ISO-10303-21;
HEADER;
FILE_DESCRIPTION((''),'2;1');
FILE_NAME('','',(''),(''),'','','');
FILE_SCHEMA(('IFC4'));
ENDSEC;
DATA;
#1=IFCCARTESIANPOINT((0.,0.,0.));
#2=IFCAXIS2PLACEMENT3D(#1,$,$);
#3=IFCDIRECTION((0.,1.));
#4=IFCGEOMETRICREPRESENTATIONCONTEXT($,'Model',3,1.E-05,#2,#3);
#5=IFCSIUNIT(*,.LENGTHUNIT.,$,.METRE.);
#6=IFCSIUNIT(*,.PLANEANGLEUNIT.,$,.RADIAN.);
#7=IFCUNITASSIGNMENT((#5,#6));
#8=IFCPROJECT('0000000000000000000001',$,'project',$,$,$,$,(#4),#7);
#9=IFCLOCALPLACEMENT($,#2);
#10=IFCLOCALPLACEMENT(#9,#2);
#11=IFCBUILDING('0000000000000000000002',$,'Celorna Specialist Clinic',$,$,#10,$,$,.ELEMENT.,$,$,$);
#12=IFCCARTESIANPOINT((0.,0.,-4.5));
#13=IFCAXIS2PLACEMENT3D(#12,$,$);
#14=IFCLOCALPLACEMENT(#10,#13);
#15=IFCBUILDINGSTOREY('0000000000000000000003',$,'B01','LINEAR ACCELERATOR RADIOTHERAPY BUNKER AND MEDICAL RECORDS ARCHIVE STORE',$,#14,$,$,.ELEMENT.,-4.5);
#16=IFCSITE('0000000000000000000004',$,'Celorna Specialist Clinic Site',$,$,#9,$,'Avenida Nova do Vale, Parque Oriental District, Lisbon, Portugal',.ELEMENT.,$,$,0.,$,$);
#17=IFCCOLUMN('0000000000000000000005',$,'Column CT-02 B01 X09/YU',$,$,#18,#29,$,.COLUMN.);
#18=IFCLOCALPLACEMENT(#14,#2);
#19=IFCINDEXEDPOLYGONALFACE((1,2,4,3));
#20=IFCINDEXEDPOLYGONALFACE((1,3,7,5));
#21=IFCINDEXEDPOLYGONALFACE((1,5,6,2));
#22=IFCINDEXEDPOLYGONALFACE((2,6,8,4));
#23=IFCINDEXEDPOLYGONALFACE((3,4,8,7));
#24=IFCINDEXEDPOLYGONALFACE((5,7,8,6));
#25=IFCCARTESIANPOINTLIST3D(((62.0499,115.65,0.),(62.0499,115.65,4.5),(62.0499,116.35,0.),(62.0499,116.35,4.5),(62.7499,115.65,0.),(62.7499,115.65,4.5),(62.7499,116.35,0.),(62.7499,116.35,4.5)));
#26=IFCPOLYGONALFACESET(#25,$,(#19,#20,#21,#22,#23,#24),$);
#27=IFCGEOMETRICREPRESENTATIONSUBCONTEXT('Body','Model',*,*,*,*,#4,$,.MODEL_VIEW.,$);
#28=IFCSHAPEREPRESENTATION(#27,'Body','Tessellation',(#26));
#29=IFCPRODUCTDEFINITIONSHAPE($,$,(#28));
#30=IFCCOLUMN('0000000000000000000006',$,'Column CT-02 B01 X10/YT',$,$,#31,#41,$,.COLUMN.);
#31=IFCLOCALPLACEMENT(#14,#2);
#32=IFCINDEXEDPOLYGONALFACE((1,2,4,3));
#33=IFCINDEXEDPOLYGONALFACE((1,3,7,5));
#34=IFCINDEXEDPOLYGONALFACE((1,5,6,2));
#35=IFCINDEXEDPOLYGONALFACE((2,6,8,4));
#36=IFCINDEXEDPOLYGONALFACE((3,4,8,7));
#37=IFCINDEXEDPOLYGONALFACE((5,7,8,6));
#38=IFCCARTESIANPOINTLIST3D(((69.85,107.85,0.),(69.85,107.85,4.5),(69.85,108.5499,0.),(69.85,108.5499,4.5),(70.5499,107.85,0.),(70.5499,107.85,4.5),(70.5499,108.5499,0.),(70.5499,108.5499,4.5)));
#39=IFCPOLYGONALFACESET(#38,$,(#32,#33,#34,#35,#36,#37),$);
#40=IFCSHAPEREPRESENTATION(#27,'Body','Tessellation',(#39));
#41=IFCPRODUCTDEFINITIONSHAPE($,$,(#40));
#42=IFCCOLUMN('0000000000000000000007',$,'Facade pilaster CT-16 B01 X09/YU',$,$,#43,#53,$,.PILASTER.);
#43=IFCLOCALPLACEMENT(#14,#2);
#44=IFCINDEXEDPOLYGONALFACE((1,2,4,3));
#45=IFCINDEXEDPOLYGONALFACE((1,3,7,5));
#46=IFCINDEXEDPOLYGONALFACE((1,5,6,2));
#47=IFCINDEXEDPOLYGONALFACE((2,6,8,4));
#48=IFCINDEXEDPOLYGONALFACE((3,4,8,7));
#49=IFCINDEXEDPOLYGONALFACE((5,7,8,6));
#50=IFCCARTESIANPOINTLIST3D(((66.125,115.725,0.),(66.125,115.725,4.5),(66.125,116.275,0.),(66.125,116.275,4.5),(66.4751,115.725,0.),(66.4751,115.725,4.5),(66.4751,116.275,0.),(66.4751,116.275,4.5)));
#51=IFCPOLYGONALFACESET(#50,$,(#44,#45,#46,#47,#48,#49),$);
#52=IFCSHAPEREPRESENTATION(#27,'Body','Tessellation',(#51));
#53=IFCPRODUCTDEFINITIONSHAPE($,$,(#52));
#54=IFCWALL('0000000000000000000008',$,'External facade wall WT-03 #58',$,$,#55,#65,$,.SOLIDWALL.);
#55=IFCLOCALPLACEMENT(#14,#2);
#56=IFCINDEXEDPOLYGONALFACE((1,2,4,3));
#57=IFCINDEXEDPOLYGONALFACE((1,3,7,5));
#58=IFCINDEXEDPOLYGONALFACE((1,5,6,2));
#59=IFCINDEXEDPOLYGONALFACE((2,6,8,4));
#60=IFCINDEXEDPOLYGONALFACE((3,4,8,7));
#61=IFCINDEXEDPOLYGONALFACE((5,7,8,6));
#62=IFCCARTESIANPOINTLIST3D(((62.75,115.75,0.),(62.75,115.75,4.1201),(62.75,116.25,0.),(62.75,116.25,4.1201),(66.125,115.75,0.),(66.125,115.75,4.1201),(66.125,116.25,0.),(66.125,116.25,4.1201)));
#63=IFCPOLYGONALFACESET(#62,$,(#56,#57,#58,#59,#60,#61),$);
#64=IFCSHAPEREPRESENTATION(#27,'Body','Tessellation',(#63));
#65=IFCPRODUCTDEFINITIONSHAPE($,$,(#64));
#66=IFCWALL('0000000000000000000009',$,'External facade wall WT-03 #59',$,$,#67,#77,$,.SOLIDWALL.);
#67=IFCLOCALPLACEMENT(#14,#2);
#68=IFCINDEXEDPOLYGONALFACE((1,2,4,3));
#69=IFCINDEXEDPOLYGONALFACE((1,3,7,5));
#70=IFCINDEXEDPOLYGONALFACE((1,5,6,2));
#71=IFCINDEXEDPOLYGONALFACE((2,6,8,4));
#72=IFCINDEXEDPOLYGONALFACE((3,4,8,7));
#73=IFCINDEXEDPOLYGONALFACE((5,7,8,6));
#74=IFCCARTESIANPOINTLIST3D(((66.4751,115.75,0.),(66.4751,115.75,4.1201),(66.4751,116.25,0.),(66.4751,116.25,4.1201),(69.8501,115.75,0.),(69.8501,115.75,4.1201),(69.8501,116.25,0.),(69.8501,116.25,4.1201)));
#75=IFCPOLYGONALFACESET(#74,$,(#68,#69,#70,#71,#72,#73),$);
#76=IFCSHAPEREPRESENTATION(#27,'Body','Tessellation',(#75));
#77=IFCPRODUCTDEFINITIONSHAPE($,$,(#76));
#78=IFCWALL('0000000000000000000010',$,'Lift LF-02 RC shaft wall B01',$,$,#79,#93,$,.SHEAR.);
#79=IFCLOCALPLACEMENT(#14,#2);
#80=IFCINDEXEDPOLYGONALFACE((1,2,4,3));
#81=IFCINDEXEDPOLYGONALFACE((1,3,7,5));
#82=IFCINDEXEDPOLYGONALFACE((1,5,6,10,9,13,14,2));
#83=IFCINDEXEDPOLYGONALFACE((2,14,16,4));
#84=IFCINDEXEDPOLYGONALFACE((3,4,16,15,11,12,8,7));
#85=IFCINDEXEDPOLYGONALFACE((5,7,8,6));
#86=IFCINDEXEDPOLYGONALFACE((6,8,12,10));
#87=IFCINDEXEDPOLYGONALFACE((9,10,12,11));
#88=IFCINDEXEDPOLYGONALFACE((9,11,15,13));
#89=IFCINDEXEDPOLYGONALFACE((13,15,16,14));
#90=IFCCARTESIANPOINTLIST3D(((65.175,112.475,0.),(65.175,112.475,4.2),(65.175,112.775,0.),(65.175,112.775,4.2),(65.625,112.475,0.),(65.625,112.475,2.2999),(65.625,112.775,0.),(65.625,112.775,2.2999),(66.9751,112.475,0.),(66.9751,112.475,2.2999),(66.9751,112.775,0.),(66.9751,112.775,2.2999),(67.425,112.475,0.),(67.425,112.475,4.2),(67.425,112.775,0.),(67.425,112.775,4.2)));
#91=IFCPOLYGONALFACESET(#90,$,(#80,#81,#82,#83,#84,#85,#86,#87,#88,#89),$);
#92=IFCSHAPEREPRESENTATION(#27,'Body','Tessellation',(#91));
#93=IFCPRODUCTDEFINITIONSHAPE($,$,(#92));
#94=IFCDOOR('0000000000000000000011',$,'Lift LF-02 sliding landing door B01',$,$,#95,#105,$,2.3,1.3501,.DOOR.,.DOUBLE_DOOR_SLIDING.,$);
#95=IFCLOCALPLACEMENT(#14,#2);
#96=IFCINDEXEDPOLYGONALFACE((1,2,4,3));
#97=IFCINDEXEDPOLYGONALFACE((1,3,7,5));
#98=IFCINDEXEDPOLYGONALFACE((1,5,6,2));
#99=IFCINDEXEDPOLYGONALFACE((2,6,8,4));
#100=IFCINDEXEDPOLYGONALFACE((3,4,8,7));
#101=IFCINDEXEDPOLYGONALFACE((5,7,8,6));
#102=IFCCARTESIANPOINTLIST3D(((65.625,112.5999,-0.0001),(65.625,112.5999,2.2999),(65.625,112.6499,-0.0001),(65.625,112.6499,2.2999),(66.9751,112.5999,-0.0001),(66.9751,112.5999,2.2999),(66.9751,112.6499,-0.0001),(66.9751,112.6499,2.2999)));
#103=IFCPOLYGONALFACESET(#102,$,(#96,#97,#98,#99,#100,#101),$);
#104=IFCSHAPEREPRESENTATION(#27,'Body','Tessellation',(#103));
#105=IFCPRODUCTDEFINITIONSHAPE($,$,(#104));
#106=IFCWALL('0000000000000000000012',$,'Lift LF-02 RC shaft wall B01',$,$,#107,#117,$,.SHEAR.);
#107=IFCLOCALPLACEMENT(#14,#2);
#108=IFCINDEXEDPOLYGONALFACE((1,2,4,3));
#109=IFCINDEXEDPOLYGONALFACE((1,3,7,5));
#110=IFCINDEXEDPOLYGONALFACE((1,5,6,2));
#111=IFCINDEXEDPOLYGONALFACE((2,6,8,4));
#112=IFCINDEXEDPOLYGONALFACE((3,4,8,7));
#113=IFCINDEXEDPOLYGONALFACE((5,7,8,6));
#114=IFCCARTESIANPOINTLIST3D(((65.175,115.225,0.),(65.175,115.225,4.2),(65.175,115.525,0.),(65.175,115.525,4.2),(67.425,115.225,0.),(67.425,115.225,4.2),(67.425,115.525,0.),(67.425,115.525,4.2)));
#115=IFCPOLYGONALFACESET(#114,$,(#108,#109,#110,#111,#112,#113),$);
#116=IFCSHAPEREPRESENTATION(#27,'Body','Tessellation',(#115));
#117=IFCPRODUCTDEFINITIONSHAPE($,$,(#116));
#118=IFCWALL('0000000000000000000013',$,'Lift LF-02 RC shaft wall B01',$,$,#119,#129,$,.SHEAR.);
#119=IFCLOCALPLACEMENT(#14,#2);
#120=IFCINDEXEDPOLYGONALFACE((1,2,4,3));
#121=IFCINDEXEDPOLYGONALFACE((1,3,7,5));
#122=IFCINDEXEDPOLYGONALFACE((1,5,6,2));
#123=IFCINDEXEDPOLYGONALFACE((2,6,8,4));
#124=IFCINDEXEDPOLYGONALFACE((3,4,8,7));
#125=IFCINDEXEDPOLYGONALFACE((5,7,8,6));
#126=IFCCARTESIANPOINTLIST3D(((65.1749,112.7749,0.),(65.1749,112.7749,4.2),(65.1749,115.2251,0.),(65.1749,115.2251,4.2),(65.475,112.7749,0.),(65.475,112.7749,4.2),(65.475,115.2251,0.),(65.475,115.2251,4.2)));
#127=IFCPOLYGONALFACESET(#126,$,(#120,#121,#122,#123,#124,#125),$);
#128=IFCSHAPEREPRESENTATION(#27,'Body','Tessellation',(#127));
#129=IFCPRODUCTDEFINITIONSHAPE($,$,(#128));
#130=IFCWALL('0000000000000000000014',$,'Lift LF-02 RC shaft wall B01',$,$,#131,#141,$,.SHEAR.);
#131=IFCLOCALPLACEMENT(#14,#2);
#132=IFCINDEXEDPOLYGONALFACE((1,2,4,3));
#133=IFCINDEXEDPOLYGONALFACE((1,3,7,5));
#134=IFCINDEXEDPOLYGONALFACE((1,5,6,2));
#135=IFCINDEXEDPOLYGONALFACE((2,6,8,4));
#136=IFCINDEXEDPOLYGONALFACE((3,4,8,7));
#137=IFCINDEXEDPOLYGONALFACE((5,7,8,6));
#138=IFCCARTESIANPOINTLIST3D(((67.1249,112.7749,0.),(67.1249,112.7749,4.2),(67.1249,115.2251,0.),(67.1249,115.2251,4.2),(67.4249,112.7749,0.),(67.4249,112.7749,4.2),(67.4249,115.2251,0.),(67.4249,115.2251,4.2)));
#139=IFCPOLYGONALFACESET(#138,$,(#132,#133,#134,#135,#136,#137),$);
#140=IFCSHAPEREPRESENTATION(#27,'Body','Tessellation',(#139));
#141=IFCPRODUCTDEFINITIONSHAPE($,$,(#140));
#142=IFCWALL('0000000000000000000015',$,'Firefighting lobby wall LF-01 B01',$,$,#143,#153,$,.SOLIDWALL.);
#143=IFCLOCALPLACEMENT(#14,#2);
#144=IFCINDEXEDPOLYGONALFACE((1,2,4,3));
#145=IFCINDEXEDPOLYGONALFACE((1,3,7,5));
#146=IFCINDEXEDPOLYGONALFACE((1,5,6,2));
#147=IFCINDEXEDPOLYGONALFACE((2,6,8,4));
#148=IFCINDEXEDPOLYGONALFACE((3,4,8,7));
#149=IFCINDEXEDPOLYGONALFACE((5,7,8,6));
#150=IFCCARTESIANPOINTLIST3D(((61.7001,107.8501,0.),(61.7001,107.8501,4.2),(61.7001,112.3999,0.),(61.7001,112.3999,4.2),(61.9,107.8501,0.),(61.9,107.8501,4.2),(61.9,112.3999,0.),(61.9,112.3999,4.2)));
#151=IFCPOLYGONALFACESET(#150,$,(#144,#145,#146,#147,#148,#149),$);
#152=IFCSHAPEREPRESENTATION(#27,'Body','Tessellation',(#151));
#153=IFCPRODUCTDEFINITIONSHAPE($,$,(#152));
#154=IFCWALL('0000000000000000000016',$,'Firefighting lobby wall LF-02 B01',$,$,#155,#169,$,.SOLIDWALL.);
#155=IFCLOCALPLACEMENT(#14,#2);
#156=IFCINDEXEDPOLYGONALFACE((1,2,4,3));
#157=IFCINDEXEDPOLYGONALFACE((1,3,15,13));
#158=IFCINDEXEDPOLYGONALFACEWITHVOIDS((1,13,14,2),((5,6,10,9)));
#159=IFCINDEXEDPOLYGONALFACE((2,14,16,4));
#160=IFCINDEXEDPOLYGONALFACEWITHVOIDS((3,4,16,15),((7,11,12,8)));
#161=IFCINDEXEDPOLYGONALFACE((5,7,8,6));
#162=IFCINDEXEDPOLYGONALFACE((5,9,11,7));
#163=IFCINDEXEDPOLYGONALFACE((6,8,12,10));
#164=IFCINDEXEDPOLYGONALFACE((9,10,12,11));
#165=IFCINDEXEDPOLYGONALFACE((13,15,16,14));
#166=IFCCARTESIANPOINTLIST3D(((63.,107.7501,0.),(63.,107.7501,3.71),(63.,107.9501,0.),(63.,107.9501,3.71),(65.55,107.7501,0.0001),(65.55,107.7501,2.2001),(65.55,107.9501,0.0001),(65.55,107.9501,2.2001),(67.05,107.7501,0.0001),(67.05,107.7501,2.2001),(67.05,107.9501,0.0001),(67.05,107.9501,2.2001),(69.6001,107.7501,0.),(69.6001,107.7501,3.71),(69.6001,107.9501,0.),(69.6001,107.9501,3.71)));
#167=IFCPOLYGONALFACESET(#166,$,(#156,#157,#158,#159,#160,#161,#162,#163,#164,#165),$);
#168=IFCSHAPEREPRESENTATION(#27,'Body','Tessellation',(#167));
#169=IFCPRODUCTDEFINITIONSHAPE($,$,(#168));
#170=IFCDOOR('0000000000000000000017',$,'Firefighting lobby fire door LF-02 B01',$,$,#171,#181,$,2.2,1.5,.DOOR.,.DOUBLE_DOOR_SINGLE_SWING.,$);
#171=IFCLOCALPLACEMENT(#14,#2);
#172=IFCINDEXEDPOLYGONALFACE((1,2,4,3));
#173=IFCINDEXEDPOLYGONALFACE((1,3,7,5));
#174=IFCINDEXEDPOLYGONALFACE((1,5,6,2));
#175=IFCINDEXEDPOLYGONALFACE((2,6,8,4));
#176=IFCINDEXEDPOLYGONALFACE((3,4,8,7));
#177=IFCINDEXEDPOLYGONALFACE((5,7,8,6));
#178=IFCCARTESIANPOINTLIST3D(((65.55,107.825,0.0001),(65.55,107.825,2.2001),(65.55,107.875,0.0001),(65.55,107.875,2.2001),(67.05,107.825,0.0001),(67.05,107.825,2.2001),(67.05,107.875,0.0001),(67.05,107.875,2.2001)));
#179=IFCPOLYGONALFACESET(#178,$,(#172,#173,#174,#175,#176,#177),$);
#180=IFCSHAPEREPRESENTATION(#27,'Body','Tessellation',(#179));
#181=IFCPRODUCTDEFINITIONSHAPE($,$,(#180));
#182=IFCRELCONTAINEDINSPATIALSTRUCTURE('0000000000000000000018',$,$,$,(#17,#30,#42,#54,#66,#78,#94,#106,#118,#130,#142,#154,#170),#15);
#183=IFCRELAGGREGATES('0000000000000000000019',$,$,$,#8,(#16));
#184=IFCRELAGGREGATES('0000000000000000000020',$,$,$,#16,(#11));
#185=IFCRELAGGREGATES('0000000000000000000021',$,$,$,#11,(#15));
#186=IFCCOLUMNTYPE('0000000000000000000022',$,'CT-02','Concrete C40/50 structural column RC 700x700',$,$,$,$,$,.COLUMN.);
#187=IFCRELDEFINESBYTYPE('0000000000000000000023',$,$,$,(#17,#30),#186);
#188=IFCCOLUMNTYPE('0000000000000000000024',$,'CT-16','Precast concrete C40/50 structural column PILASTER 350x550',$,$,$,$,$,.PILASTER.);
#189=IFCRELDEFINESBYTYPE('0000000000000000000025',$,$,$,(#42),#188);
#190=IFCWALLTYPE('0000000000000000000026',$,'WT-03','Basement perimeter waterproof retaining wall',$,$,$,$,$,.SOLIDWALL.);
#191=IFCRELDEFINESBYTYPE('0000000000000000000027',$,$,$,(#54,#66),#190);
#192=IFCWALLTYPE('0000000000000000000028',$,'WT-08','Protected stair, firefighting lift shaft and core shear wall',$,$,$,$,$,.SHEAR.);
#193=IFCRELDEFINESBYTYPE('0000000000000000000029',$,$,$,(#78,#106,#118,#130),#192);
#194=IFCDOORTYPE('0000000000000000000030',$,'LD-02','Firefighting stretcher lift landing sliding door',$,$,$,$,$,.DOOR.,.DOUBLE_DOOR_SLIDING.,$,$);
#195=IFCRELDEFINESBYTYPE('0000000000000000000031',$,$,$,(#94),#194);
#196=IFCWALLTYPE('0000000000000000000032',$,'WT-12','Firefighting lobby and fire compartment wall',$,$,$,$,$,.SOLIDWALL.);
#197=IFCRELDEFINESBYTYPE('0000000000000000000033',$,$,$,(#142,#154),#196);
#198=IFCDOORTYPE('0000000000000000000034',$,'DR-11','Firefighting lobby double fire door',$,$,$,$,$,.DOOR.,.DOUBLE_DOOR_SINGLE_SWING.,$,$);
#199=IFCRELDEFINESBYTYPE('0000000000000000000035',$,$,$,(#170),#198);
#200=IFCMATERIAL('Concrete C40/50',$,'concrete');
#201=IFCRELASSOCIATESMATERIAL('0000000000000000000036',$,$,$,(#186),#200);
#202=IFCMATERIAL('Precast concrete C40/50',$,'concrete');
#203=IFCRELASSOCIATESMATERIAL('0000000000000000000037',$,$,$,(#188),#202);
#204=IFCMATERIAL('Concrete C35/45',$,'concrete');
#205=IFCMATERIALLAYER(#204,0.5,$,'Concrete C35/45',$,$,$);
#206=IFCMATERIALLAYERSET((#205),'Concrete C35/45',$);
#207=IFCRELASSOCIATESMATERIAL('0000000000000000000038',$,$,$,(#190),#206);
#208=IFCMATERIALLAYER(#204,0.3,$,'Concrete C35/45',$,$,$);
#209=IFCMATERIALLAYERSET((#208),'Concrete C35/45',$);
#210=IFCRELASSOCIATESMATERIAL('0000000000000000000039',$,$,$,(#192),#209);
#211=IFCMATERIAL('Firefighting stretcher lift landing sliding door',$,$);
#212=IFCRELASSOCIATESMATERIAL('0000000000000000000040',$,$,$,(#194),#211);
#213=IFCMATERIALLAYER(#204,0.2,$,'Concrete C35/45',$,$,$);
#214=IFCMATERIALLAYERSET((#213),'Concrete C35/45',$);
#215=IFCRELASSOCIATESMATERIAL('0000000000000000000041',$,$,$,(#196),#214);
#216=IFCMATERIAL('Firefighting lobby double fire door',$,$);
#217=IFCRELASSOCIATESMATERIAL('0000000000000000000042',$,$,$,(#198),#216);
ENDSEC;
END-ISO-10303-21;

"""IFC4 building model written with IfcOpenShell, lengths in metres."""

from ifc_helpers import new_model, si_unit, direction, frame, frame_2d, origin, origin_2d, place, context, subcontext, project, spatial, rectangle, extrude, material, layer, layer_set, material_profile, profile_set, type_object, element, fill, save


model = new_model("IFC4")

# Units and contexts
model_context = context("Model", 3, precision=1e-05, world=origin(), true_north=direction((0.0, 1.0)))
body_context = subcontext(model_context, "Body", "Model", "MODEL_VIEW")
ifc_project = project(units=[si_unit("LENGTHUNIT", "METRE"), si_unit("PLANEANGLEUNIT", "RADIAN")], contexts=[model_context])

# Site, building, storey
site_placement = place(None, origin())
site = spatial("IfcSite", under=ifc_project, at=site_placement, Name="Celorna Specialist Clinic Site", LongName="Avenida Nova do Vale, Parque Oriental District, Lisbon, Portugal", CompositionType="ELEMENT", RefElevation=0.0)
building_placement = place(site_placement, origin())
building = spatial("IfcBuilding", under=site, at=building_placement, Name="Celorna Specialist Clinic", CompositionType="ELEMENT")
storey_placement = place(building_placement, frame((0.0, 0.0, -4.5)))
storey = spatial("IfcBuildingStorey", under=building, at=storey_placement, Name="B01", Description="LINEAR ACCELERATOR RADIOTHERAPY BUNKER AND MEDICAL RECORDS ARCHIVE STORE", CompositionType="ELEMENT", Elevation=-4.5)

# Shared definitions
ifc_material_1 = material(Name="Concrete C35/45", Category="concrete")

# Columns
ifc_material_2 = material(Name="Concrete C40/50", Category="concrete")
ifc_material_profile_1 = material_profile(ifc_material_2, rectangle(XDim=0.7, YDim=0.7, at=origin_2d()), Name="RC 700x700")
ifc_profile_set_1 = profile_set([ifc_material_profile_1], Name="Concrete C40/50")
column_type_1 = type_object("IfcColumnType", Name="CT-02", Description="Concrete C40/50 structural column RC 700x700", PredefinedType="COLUMN", material=ifc_profile_set_1)
for number, where, z_axis, x_axis, name in (
    (1, (62.3999, 116.0, 0.0), (0.0, 0.0, 1.0), (1.0, 0.0, 0.0), "Column CT-02 B01 X09/YU"),
    (2, (70.2, 108.2, 0.0), (0.0, 0.0, 1.0), (1.0, 0.0, 0.0), "Column CT-02 B01 X10/YT"),
):
    element("IfcColumn", number, at=place(storey_placement, frame(where, z_axis=z_axis, x_axis=x_axis)), inside=storey, type_object=column_type_1, Name=name, PredefinedType="COLUMN", context=body_context, shape_type="SweptSolid", body=[
        extrude(rectangle(XDim=0.7, YDim=0.7, at=origin_2d()), origin(), (0.0, 0.0, 1.0), 4.5),
    ])
ifc_material_3 = material(Name="Precast concrete C40/50", Category="concrete")
ifc_material_profile_2 = material_profile(ifc_material_3, rectangle(XDim=0.3501, YDim=0.55, at=origin_2d()), Name="PILASTER 350x550")
ifc_profile_set_2 = profile_set([ifc_material_profile_2], Name="Precast concrete C40/50")
column_type_2 = type_object("IfcColumnType", Name="CT-16", Description="Precast concrete C40/50 structural column PILASTER 350x550", PredefinedType="PILASTER", material=ifc_profile_set_2)
column_placement = place(storey_placement, frame((66.3, 116.0, 0.0), z_axis=(0.0, 0.0, 1.0), x_axis=(1.0, 0.0, 0.0)))
element("IfcColumn", 3, at=column_placement, inside=storey, type_object=column_type_2, Name="Facade pilaster CT-16 B01 X09/YU", PredefinedType="PILASTER", context=body_context, shape_type="SweptSolid", body=[
    extrude(rectangle(XDim=0.3501, YDim=0.55, at=origin_2d()), origin(), (0.0, 0.0, 1.0), 4.5),
])

# Walls
ifc_layer_1 = layer(ifc_material_1, 0.5, Name="Concrete C35/45")
ifc_layer_set_1 = layer_set([ifc_layer_1], Name="Concrete C35/45")
wall_type_1 = type_object("IfcWallType", Name="WT-03", Description="Basement perimeter waterproof retaining wall", PredefinedType="SOLIDWALL", material=ifc_layer_set_1)
for number, where, z_axis, x_axis, name in (
    (4, (62.75, 116.0, 0.0), (0.0, 0.0, 1.0), (1.0, 0.0, 0.0), "External facade wall WT-03 #58"),
    (5, (66.4751, 116.0, 0.0), (0.0, 0.0, 1.0), (1.0, 0.0, 0.0), "External facade wall WT-03 #59"),
):
    element("IfcWall", number, at=place(storey_placement, frame(where, z_axis=z_axis, x_axis=x_axis)), inside=storey, type_object=wall_type_1, Name=name, PredefinedType="SOLIDWALL", context=body_context, shape_type="SweptSolid", body=[
        extrude(rectangle(XDim=3.375, YDim=0.5, at=frame_2d((1.6875, 0.0))), origin(), (0.0, 0.0, 1.0), 4.1201),
    ])

# Wall, opening, door
ifc_layer_2 = layer(ifc_material_1, 0.3, Name="Concrete C35/45")
ifc_layer_set_2 = layer_set([ifc_layer_2], Name="Concrete C35/45")
wall_type_2 = type_object("IfcWallType", Name="WT-08", Description="Protected stair, firefighting lift shaft and core shear wall", PredefinedType="SHEAR", material=ifc_layer_set_2)
wall_1_placement = place(storey_placement, frame((65.175, 112.625, 0.0), z_axis=(0.0, 0.0, 1.0), x_axis=(1.0, 0.0, 0.0)))
wall_1 = element("IfcWall", 6, at=wall_1_placement, inside=storey, type_object=wall_type_2, Name="Lift LF-02 RC shaft wall B01", PredefinedType="SHEAR", context=body_context, shape_type="SweptSolid", body=[
    extrude(rectangle(XDim=2.25, YDim=0.3, at=frame_2d((1.125, 0.0))), origin(), (0.0, 0.0, 1.0), 4.2),
])
opening_1_placement = place(wall_1_placement, frame((0.45, 0.0, 0.0)))
opening_1 = element("IfcOpeningElement", 7, at=opening_1_placement, cuts=wall_1, PredefinedType="OPENING", context=body_context, shape_type="SweptSolid", body=[
    extrude(rectangle(XDim=1.3501, YDim=2.3, at=frame_2d((0.675, 1.1499))), frame((0.0, 0.1599, 0.0), z_axis=(0.0, -1.0, 0.0), x_axis=(1.0, 0.0, 0.0)), (0.0, 0.0, 1.0), 0.3201),
])
ifc_material_4 = material(Name="Firefighting stretcher lift landing sliding door")
door_type_1 = type_object("IfcDoorType", Name="LD-02", Description="Firefighting stretcher lift landing sliding door", OperationType="DOUBLE_DOOR_SLIDING", PredefinedType="DOOR", material=ifc_material_4)
door_1_placement = place(opening_1_placement, origin())
door_1 = element("IfcDoor", 8, at=door_1_placement, inside=storey, type_object=door_type_1, Name="Lift LF-02 sliding landing door B01", OperationType="DOUBLE_DOOR_SLIDING", OverallHeight=2.3, OverallWidth=1.3501, PredefinedType="DOOR", context=body_context, shape_type="SweptSolid", body=[
    extrude(rectangle(XDim=1.3501, YDim=2.3, at=frame_2d((0.675, 1.1499))), frame((0.0, 0.0249, 0.0), z_axis=(0.0, -1.0, 0.0), x_axis=(1.0, 0.0, 0.0)), (0.0, 0.0, 1.0), 0.05),
])
fill(opening_1, door_1)

# Walls
wall_2_placement = place(storey_placement, frame((67.425, 115.375, 0.0), z_axis=(0.0, 0.0, 1.0), x_axis=(-1.0, 0.0, 0.0)))
element("IfcWall", 9, at=wall_2_placement, inside=storey, type_object=wall_type_2, Name="Lift LF-02 RC shaft wall B01", PredefinedType="SHEAR", context=body_context, shape_type="SweptSolid", body=[
    extrude(rectangle(XDim=2.25, YDim=0.3, at=frame_2d((1.125, 0.0))), origin(), (0.0, 0.0, 1.0), 4.2),
])
for number, where, z_axis, x_axis, name in (
    (10, (65.325, 115.2251, 0.0), (0.0, 0.0, 1.0), (0.0, -1.0, 0.0), "Lift LF-02 RC shaft wall B01"),
    (11, (67.2749, 112.7749, 0.0), (0.0, 0.0, 1.0), (0.0, 1.0, 0.0), "Lift LF-02 RC shaft wall B01"),
):
    element("IfcWall", number, at=place(storey_placement, frame(where, z_axis=z_axis, x_axis=x_axis)), inside=storey, type_object=wall_type_2, Name=name, PredefinedType="SHEAR", context=body_context, shape_type="SweptSolid", body=[
        extrude(rectangle(XDim=2.4502, YDim=0.3, at=frame_2d((1.2251, 0.0))), origin(), (0.0, 0.0, 1.0), 4.2),
    ])
ifc_layer_3 = layer(ifc_material_1, 0.2, Name="Concrete C35/45")
ifc_layer_set_3 = layer_set([ifc_layer_3], Name="Concrete C35/45")
wall_type_3 = type_object("IfcWallType", Name="WT-12", Description="Firefighting lobby and fire compartment wall", PredefinedType="SOLIDWALL", material=ifc_layer_set_3)
wall_3_placement = place(storey_placement, frame((61.8, 107.8501, 0.0), z_axis=(0.0, 0.0, 1.0), x_axis=(0.0, 1.0, 0.0)))
element("IfcWall", 12, at=wall_3_placement, inside=storey, type_object=wall_type_3, Name="Firefighting lobby wall LF-01 B01", PredefinedType="SOLIDWALL", context=body_context, shape_type="SweptSolid", body=[
    extrude(rectangle(XDim=4.5498, YDim=0.2, at=frame_2d((2.2749, 0.0))), origin(), (0.0, 0.0, 1.0), 4.2),
])

# Wall, opening, door
wall_4_placement = place(storey_placement, frame((63.0, 107.8501, 0.0), z_axis=(0.0, 0.0, 1.0), x_axis=(1.0, 0.0, 0.0)))
wall_4 = element("IfcWall", 13, at=wall_4_placement, inside=storey, type_object=wall_type_3, Name="Firefighting lobby wall LF-02 B01", PredefinedType="SOLIDWALL", context=body_context, shape_type="SweptSolid", body=[
    extrude(rectangle(XDim=6.6001, YDim=0.2, at=frame_2d((3.3, 0.0))), origin(), (0.0, 0.0, 1.0), 3.71),
])
opening_2_placement = place(wall_4_placement, frame((2.55, 0.0, 0.0)))
opening_2 = element("IfcOpeningElement", 14, at=opening_2_placement, cuts=wall_4, PredefinedType="OPENING", context=body_context, shape_type="SweptSolid", body=[
    extrude(rectangle(XDim=1.5, YDim=2.2, at=frame_2d((0.75, 1.1001))), frame((0.0, 0.1099, 0.0), z_axis=(0.0, -1.0, 0.0), x_axis=(1.0, 0.0, 0.0)), (0.0, 0.0, 1.0), 0.22),
])
ifc_material_5 = material(Name="Firefighting lobby double fire door")
door_type_2 = type_object("IfcDoorType", Name="DR-11", Description="Firefighting lobby double fire door", OperationType="DOUBLE_DOOR_SINGLE_SWING", PredefinedType="DOOR", material=ifc_material_5)
door_2_placement = place(opening_2_placement, origin())
door_2 = element("IfcDoor", 15, at=door_2_placement, inside=storey, type_object=door_type_2, Name="Firefighting lobby fire door LF-02 B01", OperationType="DOUBLE_DOOR_SINGLE_SWING", OverallHeight=2.2, OverallWidth=1.5, PredefinedType="DOOR", context=body_context, shape_type="SweptSolid", body=[
    extrude(rectangle(XDim=1.5, YDim=2.2, at=frame_2d((0.75, 1.1001))), frame((0.0, 0.0249, 0.0), z_axis=(0.0, -1.0, 0.0), x_axis=(1.0, 0.0, 0.0)), (0.0, 0.0, 1.0), 0.05),
])
fill(opening_2, door_2)

save(model, "model.ifc")
